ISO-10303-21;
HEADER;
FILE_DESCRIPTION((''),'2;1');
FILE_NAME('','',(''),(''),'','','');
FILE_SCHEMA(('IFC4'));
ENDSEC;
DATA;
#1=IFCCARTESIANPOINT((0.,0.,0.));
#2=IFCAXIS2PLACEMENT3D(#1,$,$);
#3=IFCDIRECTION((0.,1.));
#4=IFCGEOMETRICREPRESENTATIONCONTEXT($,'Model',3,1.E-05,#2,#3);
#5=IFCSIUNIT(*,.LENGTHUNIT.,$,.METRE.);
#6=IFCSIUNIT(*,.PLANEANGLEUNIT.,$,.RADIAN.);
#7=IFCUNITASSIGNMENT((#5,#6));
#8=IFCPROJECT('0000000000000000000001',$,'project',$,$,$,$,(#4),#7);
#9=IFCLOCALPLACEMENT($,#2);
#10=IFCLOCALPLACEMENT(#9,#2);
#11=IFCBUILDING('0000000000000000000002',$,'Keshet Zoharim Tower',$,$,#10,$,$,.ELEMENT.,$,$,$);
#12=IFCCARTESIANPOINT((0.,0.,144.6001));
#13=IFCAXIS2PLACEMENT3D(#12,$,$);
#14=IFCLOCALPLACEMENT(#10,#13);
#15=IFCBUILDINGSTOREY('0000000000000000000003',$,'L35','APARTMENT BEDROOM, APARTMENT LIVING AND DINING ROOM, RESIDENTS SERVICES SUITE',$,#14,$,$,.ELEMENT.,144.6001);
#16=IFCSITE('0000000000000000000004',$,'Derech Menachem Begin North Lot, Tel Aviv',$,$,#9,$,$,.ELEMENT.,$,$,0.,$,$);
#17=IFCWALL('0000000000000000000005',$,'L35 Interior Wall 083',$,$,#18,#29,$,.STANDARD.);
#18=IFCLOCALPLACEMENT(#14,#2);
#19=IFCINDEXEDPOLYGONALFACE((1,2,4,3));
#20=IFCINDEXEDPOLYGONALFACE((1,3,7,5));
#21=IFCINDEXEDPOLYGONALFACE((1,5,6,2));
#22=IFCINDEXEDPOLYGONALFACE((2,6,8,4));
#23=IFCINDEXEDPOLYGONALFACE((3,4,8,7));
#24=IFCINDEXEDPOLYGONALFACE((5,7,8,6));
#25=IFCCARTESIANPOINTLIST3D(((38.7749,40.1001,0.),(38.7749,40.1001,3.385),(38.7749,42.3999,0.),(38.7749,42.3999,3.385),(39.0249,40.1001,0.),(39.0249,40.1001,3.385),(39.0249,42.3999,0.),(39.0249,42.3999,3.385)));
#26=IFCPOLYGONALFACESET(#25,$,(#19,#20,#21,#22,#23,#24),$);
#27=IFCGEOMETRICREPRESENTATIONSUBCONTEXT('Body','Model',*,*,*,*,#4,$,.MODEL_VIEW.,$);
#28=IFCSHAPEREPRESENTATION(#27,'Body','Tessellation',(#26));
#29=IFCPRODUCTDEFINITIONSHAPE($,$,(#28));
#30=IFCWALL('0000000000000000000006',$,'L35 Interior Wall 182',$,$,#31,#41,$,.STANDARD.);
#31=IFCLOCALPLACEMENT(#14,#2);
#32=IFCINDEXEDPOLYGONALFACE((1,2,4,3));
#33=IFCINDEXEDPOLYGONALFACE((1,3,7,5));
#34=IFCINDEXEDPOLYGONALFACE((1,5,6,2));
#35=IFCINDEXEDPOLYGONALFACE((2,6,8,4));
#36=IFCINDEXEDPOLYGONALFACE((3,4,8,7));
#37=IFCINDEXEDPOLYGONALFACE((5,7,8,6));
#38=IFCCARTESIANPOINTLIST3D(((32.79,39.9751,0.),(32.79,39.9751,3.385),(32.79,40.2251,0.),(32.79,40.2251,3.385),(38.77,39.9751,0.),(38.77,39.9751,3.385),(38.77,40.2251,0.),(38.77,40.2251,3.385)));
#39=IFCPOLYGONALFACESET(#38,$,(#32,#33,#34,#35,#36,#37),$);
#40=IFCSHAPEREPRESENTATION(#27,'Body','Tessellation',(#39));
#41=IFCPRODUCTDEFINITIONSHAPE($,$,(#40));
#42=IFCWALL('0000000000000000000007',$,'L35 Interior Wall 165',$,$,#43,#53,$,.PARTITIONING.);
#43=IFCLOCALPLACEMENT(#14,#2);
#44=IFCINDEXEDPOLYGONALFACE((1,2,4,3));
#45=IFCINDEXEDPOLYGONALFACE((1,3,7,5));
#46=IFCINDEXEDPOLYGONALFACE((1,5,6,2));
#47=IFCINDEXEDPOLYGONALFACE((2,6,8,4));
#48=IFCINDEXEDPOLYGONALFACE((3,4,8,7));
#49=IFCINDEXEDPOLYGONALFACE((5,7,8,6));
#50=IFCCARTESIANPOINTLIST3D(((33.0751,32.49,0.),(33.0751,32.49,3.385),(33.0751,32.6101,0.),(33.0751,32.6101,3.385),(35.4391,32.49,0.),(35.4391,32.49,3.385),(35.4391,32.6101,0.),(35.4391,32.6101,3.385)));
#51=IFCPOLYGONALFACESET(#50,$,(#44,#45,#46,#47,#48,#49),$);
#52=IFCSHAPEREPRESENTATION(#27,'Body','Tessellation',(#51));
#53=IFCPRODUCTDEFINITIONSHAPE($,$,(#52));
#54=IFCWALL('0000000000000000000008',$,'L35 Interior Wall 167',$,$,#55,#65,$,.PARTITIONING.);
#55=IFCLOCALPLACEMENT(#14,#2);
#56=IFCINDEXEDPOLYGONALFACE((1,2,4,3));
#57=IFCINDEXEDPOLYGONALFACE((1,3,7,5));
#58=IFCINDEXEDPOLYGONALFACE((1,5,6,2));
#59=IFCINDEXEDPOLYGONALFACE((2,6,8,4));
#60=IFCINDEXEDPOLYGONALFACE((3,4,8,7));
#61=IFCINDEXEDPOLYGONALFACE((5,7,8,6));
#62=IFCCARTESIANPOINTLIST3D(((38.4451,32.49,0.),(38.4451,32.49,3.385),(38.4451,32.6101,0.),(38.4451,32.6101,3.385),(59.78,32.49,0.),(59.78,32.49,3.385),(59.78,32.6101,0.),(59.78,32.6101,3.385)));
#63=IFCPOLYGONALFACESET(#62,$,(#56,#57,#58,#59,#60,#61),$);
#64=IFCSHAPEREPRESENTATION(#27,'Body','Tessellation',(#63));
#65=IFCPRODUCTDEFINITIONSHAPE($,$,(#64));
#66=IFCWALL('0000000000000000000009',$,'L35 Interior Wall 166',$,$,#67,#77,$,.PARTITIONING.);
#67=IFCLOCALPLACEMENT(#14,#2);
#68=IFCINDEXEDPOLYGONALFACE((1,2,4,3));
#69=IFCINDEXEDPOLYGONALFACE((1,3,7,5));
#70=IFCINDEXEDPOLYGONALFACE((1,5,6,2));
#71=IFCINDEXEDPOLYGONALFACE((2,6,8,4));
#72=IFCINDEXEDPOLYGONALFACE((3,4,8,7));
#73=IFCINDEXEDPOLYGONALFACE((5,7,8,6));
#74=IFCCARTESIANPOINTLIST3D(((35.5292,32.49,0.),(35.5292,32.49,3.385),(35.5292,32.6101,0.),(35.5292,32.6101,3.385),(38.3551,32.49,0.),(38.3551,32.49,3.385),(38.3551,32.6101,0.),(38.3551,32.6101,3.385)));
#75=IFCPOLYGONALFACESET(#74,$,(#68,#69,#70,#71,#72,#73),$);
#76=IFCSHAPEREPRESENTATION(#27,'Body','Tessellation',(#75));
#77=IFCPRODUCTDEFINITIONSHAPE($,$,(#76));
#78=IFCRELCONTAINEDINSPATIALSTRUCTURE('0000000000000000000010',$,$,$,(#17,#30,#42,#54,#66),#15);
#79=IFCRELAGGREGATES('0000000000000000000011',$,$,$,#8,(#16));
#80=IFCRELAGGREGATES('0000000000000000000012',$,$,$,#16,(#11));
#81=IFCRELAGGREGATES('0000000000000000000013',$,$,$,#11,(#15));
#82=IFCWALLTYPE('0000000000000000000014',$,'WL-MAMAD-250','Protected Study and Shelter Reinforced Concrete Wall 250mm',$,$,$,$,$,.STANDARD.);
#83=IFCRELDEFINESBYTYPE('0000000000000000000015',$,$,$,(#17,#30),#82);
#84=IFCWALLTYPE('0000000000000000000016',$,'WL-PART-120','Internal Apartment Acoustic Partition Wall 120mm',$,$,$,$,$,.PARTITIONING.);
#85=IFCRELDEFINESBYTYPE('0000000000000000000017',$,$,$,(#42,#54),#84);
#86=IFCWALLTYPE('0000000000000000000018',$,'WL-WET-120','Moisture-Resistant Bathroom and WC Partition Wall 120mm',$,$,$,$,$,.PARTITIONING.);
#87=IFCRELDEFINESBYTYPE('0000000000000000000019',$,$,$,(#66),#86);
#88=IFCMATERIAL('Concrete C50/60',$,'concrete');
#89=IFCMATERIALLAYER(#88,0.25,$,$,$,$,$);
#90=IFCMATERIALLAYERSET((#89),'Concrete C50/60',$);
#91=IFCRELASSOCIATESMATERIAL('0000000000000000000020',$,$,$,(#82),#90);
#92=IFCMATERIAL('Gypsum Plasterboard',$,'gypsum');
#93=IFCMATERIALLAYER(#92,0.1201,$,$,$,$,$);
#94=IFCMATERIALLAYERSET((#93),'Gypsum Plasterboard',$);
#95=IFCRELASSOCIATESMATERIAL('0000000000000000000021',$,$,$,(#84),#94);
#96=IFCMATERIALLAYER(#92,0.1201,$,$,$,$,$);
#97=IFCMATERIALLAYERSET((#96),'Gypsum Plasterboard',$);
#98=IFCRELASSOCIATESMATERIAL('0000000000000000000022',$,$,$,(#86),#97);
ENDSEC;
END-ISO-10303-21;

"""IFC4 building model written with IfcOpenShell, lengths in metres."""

from ifc_helpers import new_model, si_unit, direction, frame, frame_2d, origin, place, context, subcontext, project, spatial, rectangle, extrude, material, layer, layer_set, type_object, element, save


model = new_model("IFC4")

# Units and contexts
model_context = context("Model", 3, precision=1e-05, world=origin(), true_north=direction((0.0, 1.0)))
body_context = subcontext(model_context, "Body", "Model", "MODEL_VIEW")
ifc_project = project(units=[si_unit("LENGTHUNIT", "METRE"), si_unit("PLANEANGLEUNIT", "RADIAN")], contexts=[model_context])

# Site, building, storey
site_placement = place(None, origin())
site = spatial("IfcSite", under=ifc_project, at=site_placement, Name="Derech Menachem Begin North Lot, Tel Aviv", CompositionType="ELEMENT", RefElevation=0.0)
building_placement = place(site_placement, origin())
building = spatial("IfcBuilding", under=site, at=building_placement, Name="Keshet Zoharim Tower", CompositionType="ELEMENT")
storey_placement = place(building_placement, frame((0.0, 0.0, 144.6001)))
storey = spatial("IfcBuildingStorey", under=building, at=storey_placement, Name="L35", Description="APARTMENT BEDROOM, APARTMENT LIVING AND DINING ROOM, RESIDENTS SERVICES SUITE", CompositionType="ELEMENT", Elevation=144.6001)

# Shared definitions
ifc_material_1 = material(Name="Gypsum Plasterboard", Category="gypsum")

# Walls
ifc_material_2 = material(Name="Concrete C50/60", Category="concrete")
ifc_layer_1 = layer(ifc_material_2, 0.25)
ifc_layer_set_1 = layer_set([ifc_layer_1], Name="Concrete C50/60")
wall_type_1 = type_object("IfcWallType", Name="WL-MAMAD-250", Description="Protected Study and Shelter Reinforced Concrete Wall 250mm", PredefinedType="STANDARD", material=ifc_layer_set_1)
for number, where, z_axis, x_axis, name in (
    (1, (38.8999, 40.1001, 0.0), (0.0, 0.0, 1.0), (0.0, 1.0, 0.0), "L35 Interior Wall 083"),
):
    element("IfcWall", number, at=place(storey_placement, frame(where, z_axis=z_axis, x_axis=x_axis)), inside=storey, type_object=wall_type_1, Name=name, PredefinedType="STANDARD", context=body_context, shape_type="SweptSolid", body=[
        extrude(rectangle(XDim=2.2998, YDim=0.25, at=frame_2d((1.1499, 0.0))), origin(), (0.0, 0.0, 1.0), 3.385),
    ])
wall_1_placement = place(storey_placement, frame((32.79, 40.1001, 0.0), z_axis=(0.0, 0.0, 1.0), x_axis=(1.0, 0.0, 0.0)))
element("IfcWall", 2, at=wall_1_placement, inside=storey, type_object=wall_type_1, Name="L35 Interior Wall 182", PredefinedType="STANDARD", context=body_context, shape_type="SweptSolid", body=[
    extrude(rectangle(XDim=5.98, YDim=0.25, at=frame_2d((2.99, 0.0))), origin(), (0.0, 0.0, 1.0), 3.385),
])
ifc_layer_2 = layer(ifc_material_1, 0.1201)
ifc_layer_set_2 = layer_set([ifc_layer_2], Name="Gypsum Plasterboard")
wall_type_2 = type_object("IfcWallType", Name="WL-PART-120", Description="Internal Apartment Acoustic Partition Wall 120mm", PredefinedType="PARTITIONING", material=ifc_layer_set_2)
wall_2_placement = place(storey_placement, frame((33.075, 32.55, 0.0), z_axis=(0.0, 0.0, 1.0), x_axis=(1.0, 0.0, 0.0)))
element("IfcWall", 3, at=wall_2_placement, inside=storey, type_object=wall_type_2, Name="L35 Interior Wall 165", PredefinedType="PARTITIONING", context=body_context, shape_type="SweptSolid", body=[
    extrude(rectangle(XDim=2.364, YDim=0.1201, at=frame_2d((1.1821, 0.0))), origin(), (0.0, 0.0, 1.0), 3.385),
])
wall_3_placement = place(storey_placement, frame((38.4451, 32.55, 0.0), z_axis=(0.0, 0.0, 1.0), x_axis=(1.0, 0.0, 0.0)))
element("IfcWall", 4, at=wall_3_placement, inside=storey, type_object=wall_type_2, Name="L35 Interior Wall 167", PredefinedType="PARTITIONING", context=body_context, shape_type="SweptSolid", body=[
    extrude(rectangle(XDim=21.335, YDim=0.1201, at=frame_2d((10.6675, 0.0))), origin(), (0.0, 0.0, 1.0), 3.385),
])
ifc_layer_3 = layer(ifc_material_1, 0.1201)
ifc_layer_set_3 = layer_set([ifc_layer_3], Name="Gypsum Plasterboard")
wall_type_3 = type_object("IfcWallType", Name="WL-WET-120", Description="Moisture-Resistant Bathroom and WC Partition Wall 120mm", PredefinedType="PARTITIONING", material=ifc_layer_set_3)
wall_4_placement = place(storey_placement, frame((35.5291, 32.55, 0.0), z_axis=(0.0, 0.0, 1.0), x_axis=(1.0, 0.0, 0.0)))
element("IfcWall", 5, at=wall_4_placement, inside=storey, type_object=wall_type_3, Name="L35 Interior Wall 166", PredefinedType="PARTITIONING", context=body_context, shape_type="SweptSolid", body=[
    extrude(rectangle(XDim=2.8259, YDim=0.1201, at=frame_2d((1.4131, 0.0))), origin(), (0.0, 0.0, 1.0), 3.385),
])

save(model, "model.ifc")
